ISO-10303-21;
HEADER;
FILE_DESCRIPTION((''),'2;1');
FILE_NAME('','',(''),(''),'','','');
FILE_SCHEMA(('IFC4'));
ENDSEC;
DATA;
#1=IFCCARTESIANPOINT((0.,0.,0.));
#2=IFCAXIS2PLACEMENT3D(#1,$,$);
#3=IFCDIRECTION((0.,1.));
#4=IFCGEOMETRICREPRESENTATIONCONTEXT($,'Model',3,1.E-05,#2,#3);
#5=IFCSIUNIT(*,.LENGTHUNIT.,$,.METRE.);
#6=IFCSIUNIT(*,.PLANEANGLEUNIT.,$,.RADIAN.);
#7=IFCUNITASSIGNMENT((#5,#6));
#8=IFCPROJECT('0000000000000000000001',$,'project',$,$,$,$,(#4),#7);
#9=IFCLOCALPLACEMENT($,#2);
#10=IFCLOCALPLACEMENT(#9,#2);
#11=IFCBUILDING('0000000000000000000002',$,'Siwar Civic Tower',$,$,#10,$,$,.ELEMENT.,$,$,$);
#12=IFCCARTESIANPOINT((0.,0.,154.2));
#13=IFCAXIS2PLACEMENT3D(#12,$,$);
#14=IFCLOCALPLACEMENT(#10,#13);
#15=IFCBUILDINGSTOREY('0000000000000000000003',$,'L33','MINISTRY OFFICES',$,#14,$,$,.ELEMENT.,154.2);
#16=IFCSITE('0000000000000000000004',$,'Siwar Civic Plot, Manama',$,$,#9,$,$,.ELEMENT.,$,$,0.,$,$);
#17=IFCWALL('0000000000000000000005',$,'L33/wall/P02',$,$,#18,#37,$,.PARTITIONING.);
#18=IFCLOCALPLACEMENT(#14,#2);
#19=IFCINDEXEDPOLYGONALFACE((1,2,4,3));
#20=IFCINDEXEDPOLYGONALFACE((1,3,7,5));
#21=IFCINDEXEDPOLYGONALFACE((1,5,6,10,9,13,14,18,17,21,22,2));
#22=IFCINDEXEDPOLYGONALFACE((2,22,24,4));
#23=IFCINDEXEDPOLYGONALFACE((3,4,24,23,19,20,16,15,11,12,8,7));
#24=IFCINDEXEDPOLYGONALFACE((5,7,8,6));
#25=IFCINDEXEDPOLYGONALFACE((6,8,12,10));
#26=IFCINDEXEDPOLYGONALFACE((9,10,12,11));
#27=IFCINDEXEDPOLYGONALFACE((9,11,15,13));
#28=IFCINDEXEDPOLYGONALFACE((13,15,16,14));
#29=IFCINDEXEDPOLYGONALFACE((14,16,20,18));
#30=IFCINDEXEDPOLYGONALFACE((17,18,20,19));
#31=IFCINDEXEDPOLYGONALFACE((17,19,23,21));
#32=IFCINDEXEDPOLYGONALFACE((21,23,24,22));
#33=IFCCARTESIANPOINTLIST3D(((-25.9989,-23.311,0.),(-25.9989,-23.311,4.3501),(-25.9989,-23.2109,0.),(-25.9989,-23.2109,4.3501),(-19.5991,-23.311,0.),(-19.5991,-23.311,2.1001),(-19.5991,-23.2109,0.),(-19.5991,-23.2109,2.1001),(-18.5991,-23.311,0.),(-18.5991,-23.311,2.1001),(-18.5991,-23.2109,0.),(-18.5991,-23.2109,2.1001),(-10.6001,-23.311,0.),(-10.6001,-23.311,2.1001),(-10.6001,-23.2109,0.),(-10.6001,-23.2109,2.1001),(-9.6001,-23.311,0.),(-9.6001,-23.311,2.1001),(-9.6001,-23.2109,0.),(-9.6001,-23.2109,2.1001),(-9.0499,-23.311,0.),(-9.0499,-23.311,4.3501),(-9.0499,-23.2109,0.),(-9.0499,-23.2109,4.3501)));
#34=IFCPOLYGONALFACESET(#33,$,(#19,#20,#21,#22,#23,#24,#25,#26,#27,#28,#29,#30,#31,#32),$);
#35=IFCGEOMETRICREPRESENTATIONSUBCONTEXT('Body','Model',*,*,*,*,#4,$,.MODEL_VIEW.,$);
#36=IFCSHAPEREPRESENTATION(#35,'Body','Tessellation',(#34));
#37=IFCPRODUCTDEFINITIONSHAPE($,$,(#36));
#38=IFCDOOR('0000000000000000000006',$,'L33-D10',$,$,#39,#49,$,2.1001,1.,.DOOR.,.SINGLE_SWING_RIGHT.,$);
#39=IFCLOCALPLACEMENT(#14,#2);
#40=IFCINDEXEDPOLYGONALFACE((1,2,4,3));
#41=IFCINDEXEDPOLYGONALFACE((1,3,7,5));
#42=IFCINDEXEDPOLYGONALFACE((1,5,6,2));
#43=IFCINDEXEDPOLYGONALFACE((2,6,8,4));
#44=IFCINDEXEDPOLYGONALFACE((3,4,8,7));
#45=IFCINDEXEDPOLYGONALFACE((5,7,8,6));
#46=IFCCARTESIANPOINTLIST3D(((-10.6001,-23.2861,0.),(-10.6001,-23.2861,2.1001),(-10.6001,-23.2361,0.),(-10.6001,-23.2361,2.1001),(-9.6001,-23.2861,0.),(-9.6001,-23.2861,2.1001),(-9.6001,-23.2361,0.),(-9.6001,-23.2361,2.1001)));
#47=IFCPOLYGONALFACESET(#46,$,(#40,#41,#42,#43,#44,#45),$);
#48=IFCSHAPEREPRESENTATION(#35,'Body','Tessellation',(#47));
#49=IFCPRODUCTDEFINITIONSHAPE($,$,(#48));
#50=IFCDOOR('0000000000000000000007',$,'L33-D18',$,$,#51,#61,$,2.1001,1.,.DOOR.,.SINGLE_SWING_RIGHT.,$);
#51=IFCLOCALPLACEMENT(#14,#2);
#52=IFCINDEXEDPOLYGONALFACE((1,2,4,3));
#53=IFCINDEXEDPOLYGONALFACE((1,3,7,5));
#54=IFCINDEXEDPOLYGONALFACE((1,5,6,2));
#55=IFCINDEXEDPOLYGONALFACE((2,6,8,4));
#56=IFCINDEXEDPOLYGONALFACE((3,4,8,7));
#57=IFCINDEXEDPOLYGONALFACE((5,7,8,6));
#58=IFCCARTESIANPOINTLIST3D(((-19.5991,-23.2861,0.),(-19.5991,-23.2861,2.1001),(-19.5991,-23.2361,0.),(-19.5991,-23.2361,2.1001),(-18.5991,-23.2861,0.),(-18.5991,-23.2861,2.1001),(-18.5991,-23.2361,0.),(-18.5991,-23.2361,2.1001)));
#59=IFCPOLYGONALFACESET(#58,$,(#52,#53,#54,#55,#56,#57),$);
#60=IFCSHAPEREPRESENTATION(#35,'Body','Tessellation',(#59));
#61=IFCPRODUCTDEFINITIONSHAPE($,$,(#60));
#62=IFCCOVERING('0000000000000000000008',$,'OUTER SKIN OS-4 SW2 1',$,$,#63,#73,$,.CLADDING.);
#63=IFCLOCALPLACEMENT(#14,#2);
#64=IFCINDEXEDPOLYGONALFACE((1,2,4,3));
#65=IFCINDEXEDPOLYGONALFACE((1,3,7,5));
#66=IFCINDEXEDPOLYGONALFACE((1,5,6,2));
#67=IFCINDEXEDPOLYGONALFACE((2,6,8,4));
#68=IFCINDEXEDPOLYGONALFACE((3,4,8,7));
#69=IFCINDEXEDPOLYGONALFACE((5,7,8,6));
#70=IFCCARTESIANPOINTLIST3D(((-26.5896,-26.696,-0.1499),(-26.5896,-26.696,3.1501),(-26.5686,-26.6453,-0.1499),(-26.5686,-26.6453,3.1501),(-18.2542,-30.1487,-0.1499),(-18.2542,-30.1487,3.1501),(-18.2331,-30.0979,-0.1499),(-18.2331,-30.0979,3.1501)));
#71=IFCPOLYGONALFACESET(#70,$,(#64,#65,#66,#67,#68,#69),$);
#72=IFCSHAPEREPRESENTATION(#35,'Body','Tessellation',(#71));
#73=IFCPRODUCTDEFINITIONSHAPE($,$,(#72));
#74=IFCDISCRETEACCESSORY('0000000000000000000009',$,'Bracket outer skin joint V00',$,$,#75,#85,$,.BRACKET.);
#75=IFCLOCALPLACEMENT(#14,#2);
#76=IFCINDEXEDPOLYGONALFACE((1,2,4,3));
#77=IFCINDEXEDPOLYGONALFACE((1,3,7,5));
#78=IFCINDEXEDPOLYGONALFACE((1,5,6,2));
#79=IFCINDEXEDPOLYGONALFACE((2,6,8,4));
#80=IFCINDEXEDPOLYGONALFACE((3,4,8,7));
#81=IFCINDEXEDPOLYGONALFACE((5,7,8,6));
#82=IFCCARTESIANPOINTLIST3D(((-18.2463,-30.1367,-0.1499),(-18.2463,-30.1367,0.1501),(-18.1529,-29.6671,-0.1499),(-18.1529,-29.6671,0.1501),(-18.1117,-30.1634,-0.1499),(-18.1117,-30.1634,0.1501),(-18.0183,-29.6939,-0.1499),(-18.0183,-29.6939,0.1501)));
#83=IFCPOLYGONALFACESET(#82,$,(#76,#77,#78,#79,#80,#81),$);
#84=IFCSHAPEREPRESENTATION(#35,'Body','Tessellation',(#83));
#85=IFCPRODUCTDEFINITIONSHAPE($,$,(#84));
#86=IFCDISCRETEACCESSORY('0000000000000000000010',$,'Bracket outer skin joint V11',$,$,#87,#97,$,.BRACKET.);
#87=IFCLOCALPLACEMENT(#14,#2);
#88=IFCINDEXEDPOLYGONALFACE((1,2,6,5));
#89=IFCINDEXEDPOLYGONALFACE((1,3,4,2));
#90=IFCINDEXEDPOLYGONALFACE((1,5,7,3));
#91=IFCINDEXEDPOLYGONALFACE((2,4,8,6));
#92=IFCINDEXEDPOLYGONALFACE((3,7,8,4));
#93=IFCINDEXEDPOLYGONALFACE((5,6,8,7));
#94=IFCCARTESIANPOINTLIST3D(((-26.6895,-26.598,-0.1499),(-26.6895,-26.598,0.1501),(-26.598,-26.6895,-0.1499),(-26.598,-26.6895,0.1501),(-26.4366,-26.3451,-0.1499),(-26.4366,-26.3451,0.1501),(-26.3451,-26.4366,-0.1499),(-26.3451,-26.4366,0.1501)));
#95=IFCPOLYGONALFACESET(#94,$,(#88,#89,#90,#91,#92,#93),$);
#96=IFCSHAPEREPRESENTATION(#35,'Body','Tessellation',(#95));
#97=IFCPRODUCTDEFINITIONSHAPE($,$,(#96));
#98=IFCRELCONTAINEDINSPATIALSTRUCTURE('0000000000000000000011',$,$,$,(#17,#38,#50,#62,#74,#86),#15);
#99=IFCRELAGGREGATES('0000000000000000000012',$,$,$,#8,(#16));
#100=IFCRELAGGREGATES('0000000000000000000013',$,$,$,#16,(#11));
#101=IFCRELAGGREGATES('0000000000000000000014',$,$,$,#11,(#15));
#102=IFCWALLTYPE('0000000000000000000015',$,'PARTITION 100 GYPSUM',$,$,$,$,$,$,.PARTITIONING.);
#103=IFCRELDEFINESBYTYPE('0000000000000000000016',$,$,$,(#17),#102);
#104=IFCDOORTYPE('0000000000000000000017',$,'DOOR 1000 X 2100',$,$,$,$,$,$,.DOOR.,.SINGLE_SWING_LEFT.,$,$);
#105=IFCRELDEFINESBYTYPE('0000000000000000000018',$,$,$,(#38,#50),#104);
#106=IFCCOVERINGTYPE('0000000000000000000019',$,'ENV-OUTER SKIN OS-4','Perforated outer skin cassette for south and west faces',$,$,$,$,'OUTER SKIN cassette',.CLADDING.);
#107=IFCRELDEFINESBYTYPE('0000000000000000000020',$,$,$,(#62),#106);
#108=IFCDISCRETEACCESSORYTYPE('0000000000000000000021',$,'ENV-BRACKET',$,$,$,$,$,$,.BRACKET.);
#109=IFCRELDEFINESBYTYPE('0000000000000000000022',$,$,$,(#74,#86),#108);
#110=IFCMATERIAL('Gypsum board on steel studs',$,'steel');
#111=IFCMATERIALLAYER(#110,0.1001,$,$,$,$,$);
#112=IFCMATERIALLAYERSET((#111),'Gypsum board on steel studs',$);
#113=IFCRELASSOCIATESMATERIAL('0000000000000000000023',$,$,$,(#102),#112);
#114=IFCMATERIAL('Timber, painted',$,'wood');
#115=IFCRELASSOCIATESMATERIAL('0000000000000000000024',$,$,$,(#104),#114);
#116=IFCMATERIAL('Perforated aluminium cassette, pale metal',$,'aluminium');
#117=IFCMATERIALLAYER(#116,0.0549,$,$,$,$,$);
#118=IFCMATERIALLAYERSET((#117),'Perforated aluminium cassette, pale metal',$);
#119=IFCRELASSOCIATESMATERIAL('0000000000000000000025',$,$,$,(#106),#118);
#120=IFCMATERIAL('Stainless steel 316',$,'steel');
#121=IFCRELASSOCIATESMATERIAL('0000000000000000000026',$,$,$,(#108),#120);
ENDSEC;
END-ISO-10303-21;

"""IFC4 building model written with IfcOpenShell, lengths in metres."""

from ifc_helpers import new_model, si_unit, direction, frame, frame_2d, origin, origin_2d, place, context, subcontext, project, spatial, rectangle, extrude, material, layer, layer_set, type_object, element, fill, save


model = new_model("IFC4")

# Units and contexts
model_context = context("Model", 3, precision=1e-05, world=origin(), true_north=direction((0.0, 1.0)))
body_context = subcontext(model_context, "Body", "Model", "MODEL_VIEW")
ifc_project = project(units=[si_unit("LENGTHUNIT", "METRE"), si_unit("PLANEANGLEUNIT", "RADIAN")], contexts=[model_context])

# Site, building, storey
site_placement = place(None, origin())
site = spatial("IfcSite", under=ifc_project, at=site_placement, Name="Siwar Civic Plot, Manama", CompositionType="ELEMENT", RefElevation=0.0)
building_placement = place(site_placement, origin())
building = spatial("IfcBuilding", under=site, at=building_placement, Name="Siwar Civic Tower", CompositionType="ELEMENT")
storey_placement = place(building_placement, frame((0.0, 0.0, 154.2)))
storey = spatial("IfcBuildingStorey", under=building, at=storey_placement, Name="L33", Description="MINISTRY OFFICES", CompositionType="ELEMENT", Elevation=154.2)

# Wall, openings, doors
ifc_material_1 = material(Name="Gypsum board on steel studs", Category="steel")
ifc_layer_1 = layer(ifc_material_1, 0.1001)
ifc_layer_set_1 = layer_set([ifc_layer_1], Name="Gypsum board on steel studs")
wall_type = type_object("IfcWallType", Name="PARTITION 100 GYPSUM", PredefinedType="PARTITIONING", material=ifc_layer_set_1)
wall_placement = place(storey_placement, frame((-25.999, -23.261, 0.0), z_axis=(0.0, 0.0, 1.0), x_axis=(1.0, 0.0, 0.0)))
wall = element("IfcWall", 1, at=wall_placement, inside=storey, type_object=wall_type, Name="L33/wall/P02", PredefinedType="PARTITIONING", context=body_context, shape_type="SweptSolid", body=[
    extrude(rectangle(XDim=16.949, YDim=0.1001, at=frame_2d((8.4746, 0.0))), origin(), (0.0, 0.0, 1.0), 4.3501),
])
opening_1_placement = place(wall_placement, frame((15.3989, 0.0, 0.0)))
opening_1 = element("IfcOpeningElement", 2, at=opening_1_placement, cuts=wall, PredefinedType="OPENING", context=body_context, shape_type="SweptSolid", body=[
    extrude(rectangle(XDim=1.0, YDim=2.1001, at=frame_2d((0.5, 1.05))), frame((0.0, 0.0601, 0.0), z_axis=(0.0, -1.0, 0.0), x_axis=(1.0, 0.0, 0.0)), (0.0, 0.0, 1.0), 0.1201),
])
opening_2_placement = place(wall_placement, frame((6.3999, 0.0, 0.0)))
opening_2 = element("IfcOpeningElement", 3, at=opening_2_placement, cuts=wall, PredefinedType="OPENING", context=body_context, shape_type="SweptSolid", body=[
    extrude(rectangle(XDim=1.0, YDim=2.1001, at=frame_2d((0.5, 1.05))), frame((0.0, 0.0601, 0.0), z_axis=(0.0, -1.0, 0.0), x_axis=(1.0, 0.0, 0.0)), (0.0, 0.0, 1.0), 0.1201),
])
ifc_material_2 = material(Name="Timber, painted", Category="wood")
door_type = type_object("IfcDoorType", Name="DOOR 1000 X 2100", OperationType="SINGLE_SWING_LEFT", PredefinedType="DOOR", material=ifc_material_2)
door_1_placement = place(opening_1_placement, origin())
door_1 = element("IfcDoor", 4, at=door_1_placement, inside=storey, type_object=door_type, Name="L33-D10", OperationType="SINGLE_SWING_RIGHT", OverallHeight=2.1001, OverallWidth=1.0, PredefinedType="DOOR", context=body_context, shape_type="SweptSolid", body=[
    extrude(rectangle(XDim=1.0, YDim=2.1001, at=frame_2d((0.5, 1.05))), frame((0.0, 0.0249, 0.0), z_axis=(0.0, -1.0, 0.0), x_axis=(1.0, 0.0, 0.0)), (0.0, 0.0, 1.0), 0.05),
])
fill(opening_1, door_1)
door_2_placement = place(opening_2_placement, origin())
door_2 = element("IfcDoor", 5, at=door_2_placement, inside=storey, type_object=door_type, Name="L33-D18", OperationType="SINGLE_SWING_RIGHT", OverallHeight=2.1001, OverallWidth=1.0, PredefinedType="DOOR", context=body_context, shape_type="SweptSolid", body=[
    extrude(rectangle(XDim=1.0, YDim=2.1001, at=frame_2d((0.5, 1.05))), frame((0.0, 0.0249, 0.0), z_axis=(0.0, -1.0, 0.0), x_axis=(1.0, 0.0, 0.0)), (0.0, 0.0, 1.0), 0.05),
])
fill(opening_2, door_2)

# Covering
ifc_material_3 = material(Name="Perforated aluminium cassette, pale metal", Category="aluminium")
ifc_layer_2 = layer(ifc_material_3, 0.0549)
ifc_layer_set_2 = layer_set([ifc_layer_2], Name="Perforated aluminium cassette, pale metal")
covering_type = type_object("IfcCoveringType", Name="ENV-OUTER SKIN OS-4", Description="Perforated outer skin cassette for south and west faces", ElementType="OUTER SKIN cassette", PredefinedType="CLADDING", material=ifc_layer_set_2)
covering_placement = place(storey_placement, frame((-22.4114, -28.397, -0.1499), z_axis=(0.0, 0.0, 1.0), x_axis=(0.92388, -0.382683, 0.0)))
element("IfcCovering", 6, at=covering_placement, inside=storey, type_object=covering_type, Name="OUTER SKIN OS-4 SW2 1", PredefinedType="CLADDING", context=body_context, shape_type="SweptSolid", body=[
    extrude(rectangle(XDim=9.0222, YDim=0.0549, at=origin_2d()), origin(), (0.0, 0.0, 1.0), 3.3),
])

# Discrete accessories
ifc_material_4 = material(Name="Stainless steel 316", Category="steel")
discrete_accessory_type = type_object("IfcDiscreteAccessoryType", Name="ENV-BRACKET", PredefinedType="BRACKET", material=ifc_material_4)
discrete_accessory_1_placement = place(storey_placement, frame((-18.1323, -29.9153, -0.1499), z_axis=(0.0, 0.0, 1.0), x_axis=(-0.19509, -0.980785, 0.0)))
element("IfcDiscreteAccessory", 7, at=discrete_accessory_1_placement, inside=storey, type_object=discrete_accessory_type, Name="Bracket outer skin joint V00", PredefinedType="BRACKET", context=body_context, shape_type="SweptSolid", body=[
    extrude(rectangle(XDim=0.4788, YDim=0.1372, at=origin_2d()), origin(), (0.0, 0.0, 1.0), 0.3),
])
discrete_accessory_2_placement = place(storey_placement, frame((-26.5173, -26.5173, -0.1499), z_axis=(0.0, 0.0, 1.0), x_axis=(-0.707107, -0.707107, 0.0)))
element("IfcDiscreteAccessory", 8, at=discrete_accessory_2_placement, inside=storey, type_object=discrete_accessory_type, Name="Bracket outer skin joint V11", PredefinedType="BRACKET", context=body_context, shape_type="SweptSolid", body=[
    extrude(rectangle(XDim=0.3577, YDim=0.1294, at=origin_2d()), origin(), (0.0, 0.0, 1.0), 0.3),
])

save(model, "model.ifc")
